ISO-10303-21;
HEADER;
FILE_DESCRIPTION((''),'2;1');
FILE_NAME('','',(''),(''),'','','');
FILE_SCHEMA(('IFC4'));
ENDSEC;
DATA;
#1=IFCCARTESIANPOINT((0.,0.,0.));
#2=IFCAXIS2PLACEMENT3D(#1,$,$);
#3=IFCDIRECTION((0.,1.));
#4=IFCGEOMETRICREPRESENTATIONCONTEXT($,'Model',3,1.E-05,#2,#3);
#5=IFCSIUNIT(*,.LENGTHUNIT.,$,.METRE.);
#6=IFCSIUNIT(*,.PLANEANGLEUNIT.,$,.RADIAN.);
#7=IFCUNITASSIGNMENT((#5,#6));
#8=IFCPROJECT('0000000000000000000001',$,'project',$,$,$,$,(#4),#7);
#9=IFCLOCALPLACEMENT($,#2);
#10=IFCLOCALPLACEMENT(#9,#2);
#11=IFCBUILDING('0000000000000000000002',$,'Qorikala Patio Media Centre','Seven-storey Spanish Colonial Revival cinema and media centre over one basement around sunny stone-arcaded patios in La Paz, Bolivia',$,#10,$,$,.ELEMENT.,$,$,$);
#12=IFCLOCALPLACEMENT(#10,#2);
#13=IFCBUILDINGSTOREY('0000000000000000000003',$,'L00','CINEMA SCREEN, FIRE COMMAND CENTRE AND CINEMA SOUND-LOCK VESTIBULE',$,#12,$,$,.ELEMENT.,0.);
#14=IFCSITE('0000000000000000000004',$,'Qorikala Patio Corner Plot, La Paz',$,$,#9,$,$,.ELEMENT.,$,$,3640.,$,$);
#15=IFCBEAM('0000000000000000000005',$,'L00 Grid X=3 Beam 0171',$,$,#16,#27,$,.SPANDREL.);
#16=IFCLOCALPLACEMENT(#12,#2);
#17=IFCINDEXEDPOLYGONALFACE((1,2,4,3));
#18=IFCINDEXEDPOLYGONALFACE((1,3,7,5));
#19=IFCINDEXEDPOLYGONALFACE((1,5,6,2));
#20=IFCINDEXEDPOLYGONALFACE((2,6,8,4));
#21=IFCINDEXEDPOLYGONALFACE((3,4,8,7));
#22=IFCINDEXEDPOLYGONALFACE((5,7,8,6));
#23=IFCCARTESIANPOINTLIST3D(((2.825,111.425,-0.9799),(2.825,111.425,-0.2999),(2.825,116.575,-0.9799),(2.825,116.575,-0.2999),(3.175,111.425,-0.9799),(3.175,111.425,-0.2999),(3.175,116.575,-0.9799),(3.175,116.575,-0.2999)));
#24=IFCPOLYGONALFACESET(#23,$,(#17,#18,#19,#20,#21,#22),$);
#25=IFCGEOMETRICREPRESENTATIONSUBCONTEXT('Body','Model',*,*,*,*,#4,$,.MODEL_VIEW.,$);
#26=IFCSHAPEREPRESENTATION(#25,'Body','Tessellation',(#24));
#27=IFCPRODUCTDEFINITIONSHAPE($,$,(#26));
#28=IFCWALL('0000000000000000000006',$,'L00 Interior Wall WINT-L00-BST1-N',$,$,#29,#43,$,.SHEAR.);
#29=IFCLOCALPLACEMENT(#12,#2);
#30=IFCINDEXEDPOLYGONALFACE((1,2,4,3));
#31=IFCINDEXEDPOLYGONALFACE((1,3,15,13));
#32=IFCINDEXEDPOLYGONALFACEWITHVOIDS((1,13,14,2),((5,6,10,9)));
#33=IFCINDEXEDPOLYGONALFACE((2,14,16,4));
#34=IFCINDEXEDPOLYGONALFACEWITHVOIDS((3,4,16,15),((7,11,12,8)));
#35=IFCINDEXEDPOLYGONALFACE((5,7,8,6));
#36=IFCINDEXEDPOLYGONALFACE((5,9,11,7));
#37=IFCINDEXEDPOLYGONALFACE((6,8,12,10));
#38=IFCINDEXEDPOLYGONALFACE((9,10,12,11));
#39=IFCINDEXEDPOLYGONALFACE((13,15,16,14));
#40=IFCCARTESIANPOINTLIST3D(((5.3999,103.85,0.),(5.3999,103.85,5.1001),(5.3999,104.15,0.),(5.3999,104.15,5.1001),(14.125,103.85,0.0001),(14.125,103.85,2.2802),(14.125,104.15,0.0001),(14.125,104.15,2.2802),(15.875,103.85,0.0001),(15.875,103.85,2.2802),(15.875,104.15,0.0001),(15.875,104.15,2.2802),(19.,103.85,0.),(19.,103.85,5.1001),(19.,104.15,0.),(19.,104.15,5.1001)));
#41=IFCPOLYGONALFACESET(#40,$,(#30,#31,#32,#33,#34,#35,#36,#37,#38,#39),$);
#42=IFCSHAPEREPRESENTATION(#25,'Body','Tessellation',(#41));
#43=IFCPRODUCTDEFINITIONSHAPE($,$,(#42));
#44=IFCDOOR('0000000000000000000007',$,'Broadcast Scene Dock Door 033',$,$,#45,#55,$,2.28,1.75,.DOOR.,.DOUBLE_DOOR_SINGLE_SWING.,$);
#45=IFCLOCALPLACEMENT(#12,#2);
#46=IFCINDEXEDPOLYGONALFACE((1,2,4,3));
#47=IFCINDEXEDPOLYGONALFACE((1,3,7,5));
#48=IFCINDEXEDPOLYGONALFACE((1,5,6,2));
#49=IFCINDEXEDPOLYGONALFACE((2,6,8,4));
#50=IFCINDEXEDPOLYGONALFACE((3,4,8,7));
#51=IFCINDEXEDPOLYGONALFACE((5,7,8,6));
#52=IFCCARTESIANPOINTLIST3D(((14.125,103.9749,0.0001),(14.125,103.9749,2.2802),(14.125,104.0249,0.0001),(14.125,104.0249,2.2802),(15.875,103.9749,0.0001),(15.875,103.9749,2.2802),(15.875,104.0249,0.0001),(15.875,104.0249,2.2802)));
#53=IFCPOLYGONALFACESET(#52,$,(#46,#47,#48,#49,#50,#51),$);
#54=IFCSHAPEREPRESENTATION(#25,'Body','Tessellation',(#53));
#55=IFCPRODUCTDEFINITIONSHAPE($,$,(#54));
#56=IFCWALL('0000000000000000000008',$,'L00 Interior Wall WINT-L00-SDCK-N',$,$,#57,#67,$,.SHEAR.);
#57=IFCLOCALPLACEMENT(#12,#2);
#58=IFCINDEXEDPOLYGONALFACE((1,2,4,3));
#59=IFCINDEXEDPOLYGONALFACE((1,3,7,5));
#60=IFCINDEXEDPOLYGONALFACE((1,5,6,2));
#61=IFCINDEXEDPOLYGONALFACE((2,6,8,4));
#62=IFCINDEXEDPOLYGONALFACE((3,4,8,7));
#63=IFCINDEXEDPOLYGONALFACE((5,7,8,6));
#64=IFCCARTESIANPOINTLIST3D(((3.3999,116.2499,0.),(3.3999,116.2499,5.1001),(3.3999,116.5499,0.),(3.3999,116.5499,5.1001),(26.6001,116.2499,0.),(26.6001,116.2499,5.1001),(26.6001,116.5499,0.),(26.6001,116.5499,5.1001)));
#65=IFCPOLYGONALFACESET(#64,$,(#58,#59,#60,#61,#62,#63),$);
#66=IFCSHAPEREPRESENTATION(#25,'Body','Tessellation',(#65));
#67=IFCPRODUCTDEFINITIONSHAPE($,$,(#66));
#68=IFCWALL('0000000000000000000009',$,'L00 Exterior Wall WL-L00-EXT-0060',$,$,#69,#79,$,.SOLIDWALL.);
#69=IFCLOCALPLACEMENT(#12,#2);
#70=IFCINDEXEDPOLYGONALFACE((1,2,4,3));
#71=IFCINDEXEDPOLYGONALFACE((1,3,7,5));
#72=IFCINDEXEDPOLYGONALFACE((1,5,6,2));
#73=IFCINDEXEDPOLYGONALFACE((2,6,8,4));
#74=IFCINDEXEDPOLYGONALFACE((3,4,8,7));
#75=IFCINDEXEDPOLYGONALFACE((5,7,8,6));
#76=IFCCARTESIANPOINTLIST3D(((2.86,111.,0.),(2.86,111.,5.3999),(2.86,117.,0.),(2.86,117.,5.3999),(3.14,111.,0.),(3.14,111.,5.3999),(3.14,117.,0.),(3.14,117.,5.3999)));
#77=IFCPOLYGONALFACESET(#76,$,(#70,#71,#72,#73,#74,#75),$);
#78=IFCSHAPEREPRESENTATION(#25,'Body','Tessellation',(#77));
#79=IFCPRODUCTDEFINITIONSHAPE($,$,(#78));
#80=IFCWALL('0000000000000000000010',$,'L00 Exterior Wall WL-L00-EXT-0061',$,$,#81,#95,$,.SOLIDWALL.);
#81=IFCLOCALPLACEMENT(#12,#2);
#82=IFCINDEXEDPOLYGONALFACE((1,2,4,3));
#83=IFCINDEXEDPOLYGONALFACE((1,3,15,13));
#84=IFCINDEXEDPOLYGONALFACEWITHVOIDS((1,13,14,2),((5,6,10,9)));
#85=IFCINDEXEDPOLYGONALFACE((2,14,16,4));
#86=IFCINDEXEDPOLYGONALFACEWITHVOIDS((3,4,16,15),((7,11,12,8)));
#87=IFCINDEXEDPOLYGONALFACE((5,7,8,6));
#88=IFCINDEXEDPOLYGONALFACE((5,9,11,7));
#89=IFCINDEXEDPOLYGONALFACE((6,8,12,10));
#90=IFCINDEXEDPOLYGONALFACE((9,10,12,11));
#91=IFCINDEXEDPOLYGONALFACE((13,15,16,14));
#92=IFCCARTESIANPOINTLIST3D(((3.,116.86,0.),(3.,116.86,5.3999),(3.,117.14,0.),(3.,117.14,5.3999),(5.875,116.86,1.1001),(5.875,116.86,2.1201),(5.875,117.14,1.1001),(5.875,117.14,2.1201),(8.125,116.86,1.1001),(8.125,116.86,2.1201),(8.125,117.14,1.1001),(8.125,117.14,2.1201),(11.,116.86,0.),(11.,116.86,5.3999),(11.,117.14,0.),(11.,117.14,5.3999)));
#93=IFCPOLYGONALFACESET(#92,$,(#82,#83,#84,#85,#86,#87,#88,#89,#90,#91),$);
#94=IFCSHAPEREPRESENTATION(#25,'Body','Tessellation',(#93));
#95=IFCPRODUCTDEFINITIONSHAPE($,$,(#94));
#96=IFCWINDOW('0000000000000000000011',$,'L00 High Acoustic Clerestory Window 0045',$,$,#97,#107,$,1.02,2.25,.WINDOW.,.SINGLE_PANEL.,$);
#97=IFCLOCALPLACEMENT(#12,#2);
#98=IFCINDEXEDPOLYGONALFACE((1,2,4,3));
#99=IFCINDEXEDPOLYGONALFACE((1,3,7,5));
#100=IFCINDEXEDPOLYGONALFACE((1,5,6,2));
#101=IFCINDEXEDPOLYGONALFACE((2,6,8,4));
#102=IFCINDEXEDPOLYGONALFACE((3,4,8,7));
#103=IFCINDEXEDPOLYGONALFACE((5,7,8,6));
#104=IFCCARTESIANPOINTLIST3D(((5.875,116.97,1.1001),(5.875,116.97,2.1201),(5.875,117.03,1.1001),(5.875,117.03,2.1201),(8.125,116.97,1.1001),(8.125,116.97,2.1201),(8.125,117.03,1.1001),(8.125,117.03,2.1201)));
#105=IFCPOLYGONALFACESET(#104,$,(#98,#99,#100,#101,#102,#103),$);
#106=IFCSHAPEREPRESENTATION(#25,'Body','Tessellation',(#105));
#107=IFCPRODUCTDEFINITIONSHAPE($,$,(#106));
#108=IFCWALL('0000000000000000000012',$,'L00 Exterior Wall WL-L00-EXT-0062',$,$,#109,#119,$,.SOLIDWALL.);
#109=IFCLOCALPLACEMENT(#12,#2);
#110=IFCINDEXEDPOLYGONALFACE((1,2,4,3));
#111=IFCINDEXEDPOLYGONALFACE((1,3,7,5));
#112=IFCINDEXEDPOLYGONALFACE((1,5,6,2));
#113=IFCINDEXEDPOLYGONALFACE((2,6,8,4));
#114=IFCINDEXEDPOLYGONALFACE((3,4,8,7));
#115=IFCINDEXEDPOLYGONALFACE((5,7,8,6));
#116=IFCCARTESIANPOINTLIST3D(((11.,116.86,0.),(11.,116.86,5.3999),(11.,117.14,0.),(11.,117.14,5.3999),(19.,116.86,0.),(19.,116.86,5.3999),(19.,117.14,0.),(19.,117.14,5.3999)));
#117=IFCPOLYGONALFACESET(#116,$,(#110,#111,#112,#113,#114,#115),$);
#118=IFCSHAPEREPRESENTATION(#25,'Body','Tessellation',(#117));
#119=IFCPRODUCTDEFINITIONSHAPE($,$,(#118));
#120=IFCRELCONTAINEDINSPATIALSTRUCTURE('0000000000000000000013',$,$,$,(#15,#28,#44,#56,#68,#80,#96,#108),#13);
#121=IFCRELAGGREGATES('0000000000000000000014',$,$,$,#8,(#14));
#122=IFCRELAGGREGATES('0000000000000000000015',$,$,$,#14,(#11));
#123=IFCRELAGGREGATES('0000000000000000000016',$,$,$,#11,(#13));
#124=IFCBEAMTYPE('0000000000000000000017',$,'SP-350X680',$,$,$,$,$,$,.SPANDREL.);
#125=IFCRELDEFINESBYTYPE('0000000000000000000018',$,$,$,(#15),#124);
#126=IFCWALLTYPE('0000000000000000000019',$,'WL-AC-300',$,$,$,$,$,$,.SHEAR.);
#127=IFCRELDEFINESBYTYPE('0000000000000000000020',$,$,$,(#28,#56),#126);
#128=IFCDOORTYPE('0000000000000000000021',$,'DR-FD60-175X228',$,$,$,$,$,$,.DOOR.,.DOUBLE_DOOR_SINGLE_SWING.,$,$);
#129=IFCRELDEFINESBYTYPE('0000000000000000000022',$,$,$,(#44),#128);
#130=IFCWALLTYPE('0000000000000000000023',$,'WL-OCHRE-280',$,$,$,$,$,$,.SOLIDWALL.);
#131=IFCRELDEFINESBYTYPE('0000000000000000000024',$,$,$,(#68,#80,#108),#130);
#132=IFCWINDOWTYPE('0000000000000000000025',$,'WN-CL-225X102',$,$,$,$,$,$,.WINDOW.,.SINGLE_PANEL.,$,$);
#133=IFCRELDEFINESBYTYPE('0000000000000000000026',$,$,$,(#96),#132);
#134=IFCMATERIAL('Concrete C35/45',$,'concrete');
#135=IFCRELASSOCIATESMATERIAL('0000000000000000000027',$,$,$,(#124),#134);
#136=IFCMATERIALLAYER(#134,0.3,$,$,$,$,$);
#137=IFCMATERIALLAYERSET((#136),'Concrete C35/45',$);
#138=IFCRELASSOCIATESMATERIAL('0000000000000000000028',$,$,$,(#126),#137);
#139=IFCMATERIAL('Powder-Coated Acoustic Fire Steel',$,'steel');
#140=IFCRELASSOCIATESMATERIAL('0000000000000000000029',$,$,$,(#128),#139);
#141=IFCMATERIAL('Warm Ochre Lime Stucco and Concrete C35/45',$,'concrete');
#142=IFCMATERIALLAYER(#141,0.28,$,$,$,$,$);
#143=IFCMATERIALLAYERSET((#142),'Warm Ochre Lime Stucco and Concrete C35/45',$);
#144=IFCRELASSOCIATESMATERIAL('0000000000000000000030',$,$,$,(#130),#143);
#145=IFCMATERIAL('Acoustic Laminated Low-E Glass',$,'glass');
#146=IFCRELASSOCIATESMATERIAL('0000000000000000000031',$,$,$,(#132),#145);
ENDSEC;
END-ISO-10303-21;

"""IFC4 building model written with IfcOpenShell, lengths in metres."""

from ifc_helpers import new_model, si_unit, direction, frame, frame_2d, origin, origin_2d, place, context, subcontext, project, spatial, rectangle, extrude, material, layer, layer_set, material_profile, profile_set, type_object, element, fill, save


model = new_model("IFC4")

# Units and contexts
model_context = context("Model", 3, precision=1e-05, world=origin(), true_north=direction((0.0, 1.0)))
body_context = subcontext(model_context, "Body", "Model", "MODEL_VIEW")
ifc_project = project(units=[si_unit("LENGTHUNIT", "METRE"), si_unit("PLANEANGLEUNIT", "RADIAN")], contexts=[model_context])

# Site, building, storey
site_placement = place(None, origin())
site = spatial("IfcSite", under=ifc_project, at=site_placement, Name="Qorikala Patio Corner Plot, La Paz", CompositionType="ELEMENT", RefElevation=3640.0)
building_placement = place(site_placement, origin())
building = spatial("IfcBuilding", under=site, at=building_placement, Name="Qorikala Patio Media Centre", Description="Seven-storey Spanish Colonial Revival cinema and media centre over one basement around sunny stone-arcaded patios in La Paz, Bolivia", CompositionType="ELEMENT")
storey_placement = place(building_placement, origin())
storey = spatial("IfcBuildingStorey", under=building, at=storey_placement, Name="L00", Description="CINEMA SCREEN, FIRE COMMAND CENTRE AND CINEMA SOUND-LOCK VESTIBULE", CompositionType="ELEMENT", Elevation=0.0)

# Shared definitions
ifc_material_1 = material(Name="Concrete C35/45", Category="concrete")

# Beam
ifc_material_profile_1 = material_profile(ifc_material_1, rectangle(XDim=0.3501, YDim=0.6799, at=origin_2d()), Name="RC 350x680")
ifc_profile_set_1 = profile_set([ifc_material_profile_1], Name="Concrete C35/45")
beam_type_1 = type_object("IfcBeamType", Name="SP-350X680", PredefinedType="SPANDREL", material=ifc_profile_set_1)
beam_1_placement = place(storey_placement, frame((3.0, 111.425, -0.6399), z_axis=(0.0, 1.0, 0.0), x_axis=(-1.0, 0.0, 0.0)))
element("IfcBeam", 1, at=beam_1_placement, inside=storey, type_object=beam_type_1, Name="L00 Grid X=3 Beam 0171", PredefinedType="SPANDREL", context=body_context, shape_type="SweptSolid", body=[
    extrude(rectangle(XDim=0.3501, YDim=0.6799, at=origin_2d()), origin(), (0.0, 0.0, 1.0), 5.1499),
])

# Wall, opening, door
ifc_layer_1 = layer(ifc_material_1, 0.3)
ifc_layer_set_1 = layer_set([ifc_layer_1], Name="Concrete C35/45")
wall_type_1 = type_object("IfcWallType", Name="WL-AC-300", PredefinedType="SHEAR", material=ifc_layer_set_1)
wall_1_placement = place(storey_placement, frame((5.3999, 104.0, 0.0), z_axis=(0.0, 0.0, 1.0), x_axis=(1.0, 0.0, 0.0)))
wall_1 = element("IfcWall", 2, at=wall_1_placement, inside=storey, type_object=wall_type_1, Name="L00 Interior Wall WINT-L00-BST1-N", PredefinedType="SHEAR", context=body_context, shape_type="SweptSolid", body=[
    extrude(rectangle(XDim=13.6001, YDim=0.3, at=frame_2d((6.8, 0.0))), origin(), (0.0, 0.0, 1.0), 5.1001),
])
opening_1_placement = place(wall_1_placement, frame((8.7251, 0.0, 0.0)))
opening_1 = element("IfcOpeningElement", 3, at=opening_1_placement, cuts=wall_1, PredefinedType="OPENING", context=body_context, shape_type="SweptSolid", body=[
    extrude(rectangle(XDim=1.75, YDim=2.28, at=frame_2d((0.875, 1.1401))), frame((0.0, 0.1599, 0.0), z_axis=(0.0, -1.0, 0.0), x_axis=(1.0, 0.0, 0.0)), (0.0, 0.0, 1.0), 0.3201),
])
ifc_material_2 = material(Name="Powder-Coated Acoustic Fire Steel", Category="steel")
door_type = type_object("IfcDoorType", Name="DR-FD60-175X228", OperationType="DOUBLE_DOOR_SINGLE_SWING", PredefinedType="DOOR", material=ifc_material_2)
door_placement = place(opening_1_placement, origin())
door = element("IfcDoor", 4, at=door_placement, inside=storey, type_object=door_type, Name="Broadcast Scene Dock Door 033", OperationType="DOUBLE_DOOR_SINGLE_SWING", OverallHeight=2.28, OverallWidth=1.75, PredefinedType="DOOR", context=body_context, shape_type="SweptSolid", body=[
    extrude(rectangle(XDim=1.75, YDim=2.28, at=frame_2d((0.875, 1.1401))), frame((0.0, 0.0249, 0.0), z_axis=(0.0, -1.0, 0.0), x_axis=(1.0, 0.0, 0.0)), (0.0, 0.0, 1.0), 0.05),
])
fill(opening_1, door)

# Walls
wall_2_placement = place(storey_placement, frame((3.3999, 116.3999, 0.0), z_axis=(0.0, 0.0, 1.0), x_axis=(1.0, 0.0, 0.0)))
element("IfcWall", 5, at=wall_2_placement, inside=storey, type_object=wall_type_1, Name="L00 Interior Wall WINT-L00-SDCK-N", PredefinedType="SHEAR", context=body_context, shape_type="SweptSolid", body=[
    extrude(rectangle(XDim=23.2002, YDim=0.3, at=frame_2d((11.6001, 0.0))), origin(), (0.0, 0.0, 1.0), 5.1001),
])
ifc_material_3 = material(Name="Warm Ochre Lime Stucco and Concrete C35/45", Category="concrete")
ifc_layer_2 = layer(ifc_material_3, 0.28)
ifc_layer_set_2 = layer_set([ifc_layer_2], Name="Warm Ochre Lime Stucco and Concrete C35/45")
wall_type_2 = type_object("IfcWallType", Name="WL-OCHRE-280", PredefinedType="SOLIDWALL", material=ifc_layer_set_2)
wall_3_placement = place(storey_placement, frame((3.0, 111.0, 0.0), z_axis=(0.0, 0.0, 1.0), x_axis=(0.0, 1.0, 0.0)))
element("IfcWall", 6, at=wall_3_placement, inside=storey, type_object=wall_type_2, Name="L00 Exterior Wall WL-L00-EXT-0060", PredefinedType="SOLIDWALL", context=body_context, shape_type="SweptSolid", body=[
    extrude(rectangle(XDim=6.0, YDim=0.28, at=frame_2d((3.0, 0.0))), origin(), (0.0, 0.0, 1.0), 5.3999),
])

# Wall, opening, window
wall_4_placement = place(storey_placement, frame((3.0, 117.0, 0.0), z_axis=(0.0, 0.0, 1.0), x_axis=(1.0, 0.0, 0.0)))
wall_4 = element("IfcWall", 7, at=wall_4_placement, inside=storey, type_object=wall_type_2, Name="L00 Exterior Wall WL-L00-EXT-0061", PredefinedType="SOLIDWALL", context=body_context, shape_type="SweptSolid", body=[
    extrude(rectangle(XDim=8.0, YDim=0.28, at=frame_2d((4.0, 0.0))), origin(), (0.0, 0.0, 1.0), 5.3999),
])
opening_2_placement = place(wall_4_placement, frame((2.875, 0.0, 1.1001)))
opening_2 = element("IfcOpeningElement", 8, at=opening_2_placement, cuts=wall_4, PredefinedType="OPENING", context=body_context, shape_type="SweptSolid", body=[
    extrude(rectangle(XDim=2.25, YDim=1.02, at=frame_2d((1.125, 0.51))), frame((0.0, 0.1499, 0.0), z_axis=(0.0, -1.0, 0.0), x_axis=(1.0, 0.0, 0.0)), (0.0, 0.0, 1.0), 0.3),
])
ifc_material_4 = material(Name="Acoustic Laminated Low-E Glass", Category="glass")
window_type = type_object("IfcWindowType", Name="WN-CL-225X102", PartitioningType="SINGLE_PANEL", PredefinedType="WINDOW", material=ifc_material_4)
window_placement = place(opening_2_placement, origin())
window = element("IfcWindow", 9, at=window_placement, inside=storey, type_object=window_type, Name="L00 High Acoustic Clerestory Window 0045", OverallHeight=1.02, OverallWidth=2.25, PartitioningType="SINGLE_PANEL", PredefinedType="WINDOW", context=body_context, shape_type="SweptSolid", body=[
    extrude(rectangle(XDim=2.25, YDim=1.02, at=frame_2d((1.125, 0.51))), frame((0.0, 0.03, 0.0), z_axis=(0.0, -1.0, 0.0), x_axis=(1.0, 0.0, 0.0)), (0.0, 0.0, 1.0), 0.0601),
])
fill(opening_2, window)

# Wall
wall_5_placement = place(storey_placement, frame((11.0, 117.0, 0.0), z_axis=(0.0, 0.0, 1.0), x_axis=(1.0, 0.0, 0.0)))
element("IfcWall", 10, at=wall_5_placement, inside=storey, type_object=wall_type_2, Name="L00 Exterior Wall WL-L00-EXT-0062", PredefinedType="SOLIDWALL", context=body_context, shape_type="SweptSolid", body=[
    extrude(rectangle(XDim=8.0, YDim=0.28, at=frame_2d((4.0, 0.0))), origin(), (0.0, 0.0, 1.0), 5.3999),
])

save(model, "model.ifc")
